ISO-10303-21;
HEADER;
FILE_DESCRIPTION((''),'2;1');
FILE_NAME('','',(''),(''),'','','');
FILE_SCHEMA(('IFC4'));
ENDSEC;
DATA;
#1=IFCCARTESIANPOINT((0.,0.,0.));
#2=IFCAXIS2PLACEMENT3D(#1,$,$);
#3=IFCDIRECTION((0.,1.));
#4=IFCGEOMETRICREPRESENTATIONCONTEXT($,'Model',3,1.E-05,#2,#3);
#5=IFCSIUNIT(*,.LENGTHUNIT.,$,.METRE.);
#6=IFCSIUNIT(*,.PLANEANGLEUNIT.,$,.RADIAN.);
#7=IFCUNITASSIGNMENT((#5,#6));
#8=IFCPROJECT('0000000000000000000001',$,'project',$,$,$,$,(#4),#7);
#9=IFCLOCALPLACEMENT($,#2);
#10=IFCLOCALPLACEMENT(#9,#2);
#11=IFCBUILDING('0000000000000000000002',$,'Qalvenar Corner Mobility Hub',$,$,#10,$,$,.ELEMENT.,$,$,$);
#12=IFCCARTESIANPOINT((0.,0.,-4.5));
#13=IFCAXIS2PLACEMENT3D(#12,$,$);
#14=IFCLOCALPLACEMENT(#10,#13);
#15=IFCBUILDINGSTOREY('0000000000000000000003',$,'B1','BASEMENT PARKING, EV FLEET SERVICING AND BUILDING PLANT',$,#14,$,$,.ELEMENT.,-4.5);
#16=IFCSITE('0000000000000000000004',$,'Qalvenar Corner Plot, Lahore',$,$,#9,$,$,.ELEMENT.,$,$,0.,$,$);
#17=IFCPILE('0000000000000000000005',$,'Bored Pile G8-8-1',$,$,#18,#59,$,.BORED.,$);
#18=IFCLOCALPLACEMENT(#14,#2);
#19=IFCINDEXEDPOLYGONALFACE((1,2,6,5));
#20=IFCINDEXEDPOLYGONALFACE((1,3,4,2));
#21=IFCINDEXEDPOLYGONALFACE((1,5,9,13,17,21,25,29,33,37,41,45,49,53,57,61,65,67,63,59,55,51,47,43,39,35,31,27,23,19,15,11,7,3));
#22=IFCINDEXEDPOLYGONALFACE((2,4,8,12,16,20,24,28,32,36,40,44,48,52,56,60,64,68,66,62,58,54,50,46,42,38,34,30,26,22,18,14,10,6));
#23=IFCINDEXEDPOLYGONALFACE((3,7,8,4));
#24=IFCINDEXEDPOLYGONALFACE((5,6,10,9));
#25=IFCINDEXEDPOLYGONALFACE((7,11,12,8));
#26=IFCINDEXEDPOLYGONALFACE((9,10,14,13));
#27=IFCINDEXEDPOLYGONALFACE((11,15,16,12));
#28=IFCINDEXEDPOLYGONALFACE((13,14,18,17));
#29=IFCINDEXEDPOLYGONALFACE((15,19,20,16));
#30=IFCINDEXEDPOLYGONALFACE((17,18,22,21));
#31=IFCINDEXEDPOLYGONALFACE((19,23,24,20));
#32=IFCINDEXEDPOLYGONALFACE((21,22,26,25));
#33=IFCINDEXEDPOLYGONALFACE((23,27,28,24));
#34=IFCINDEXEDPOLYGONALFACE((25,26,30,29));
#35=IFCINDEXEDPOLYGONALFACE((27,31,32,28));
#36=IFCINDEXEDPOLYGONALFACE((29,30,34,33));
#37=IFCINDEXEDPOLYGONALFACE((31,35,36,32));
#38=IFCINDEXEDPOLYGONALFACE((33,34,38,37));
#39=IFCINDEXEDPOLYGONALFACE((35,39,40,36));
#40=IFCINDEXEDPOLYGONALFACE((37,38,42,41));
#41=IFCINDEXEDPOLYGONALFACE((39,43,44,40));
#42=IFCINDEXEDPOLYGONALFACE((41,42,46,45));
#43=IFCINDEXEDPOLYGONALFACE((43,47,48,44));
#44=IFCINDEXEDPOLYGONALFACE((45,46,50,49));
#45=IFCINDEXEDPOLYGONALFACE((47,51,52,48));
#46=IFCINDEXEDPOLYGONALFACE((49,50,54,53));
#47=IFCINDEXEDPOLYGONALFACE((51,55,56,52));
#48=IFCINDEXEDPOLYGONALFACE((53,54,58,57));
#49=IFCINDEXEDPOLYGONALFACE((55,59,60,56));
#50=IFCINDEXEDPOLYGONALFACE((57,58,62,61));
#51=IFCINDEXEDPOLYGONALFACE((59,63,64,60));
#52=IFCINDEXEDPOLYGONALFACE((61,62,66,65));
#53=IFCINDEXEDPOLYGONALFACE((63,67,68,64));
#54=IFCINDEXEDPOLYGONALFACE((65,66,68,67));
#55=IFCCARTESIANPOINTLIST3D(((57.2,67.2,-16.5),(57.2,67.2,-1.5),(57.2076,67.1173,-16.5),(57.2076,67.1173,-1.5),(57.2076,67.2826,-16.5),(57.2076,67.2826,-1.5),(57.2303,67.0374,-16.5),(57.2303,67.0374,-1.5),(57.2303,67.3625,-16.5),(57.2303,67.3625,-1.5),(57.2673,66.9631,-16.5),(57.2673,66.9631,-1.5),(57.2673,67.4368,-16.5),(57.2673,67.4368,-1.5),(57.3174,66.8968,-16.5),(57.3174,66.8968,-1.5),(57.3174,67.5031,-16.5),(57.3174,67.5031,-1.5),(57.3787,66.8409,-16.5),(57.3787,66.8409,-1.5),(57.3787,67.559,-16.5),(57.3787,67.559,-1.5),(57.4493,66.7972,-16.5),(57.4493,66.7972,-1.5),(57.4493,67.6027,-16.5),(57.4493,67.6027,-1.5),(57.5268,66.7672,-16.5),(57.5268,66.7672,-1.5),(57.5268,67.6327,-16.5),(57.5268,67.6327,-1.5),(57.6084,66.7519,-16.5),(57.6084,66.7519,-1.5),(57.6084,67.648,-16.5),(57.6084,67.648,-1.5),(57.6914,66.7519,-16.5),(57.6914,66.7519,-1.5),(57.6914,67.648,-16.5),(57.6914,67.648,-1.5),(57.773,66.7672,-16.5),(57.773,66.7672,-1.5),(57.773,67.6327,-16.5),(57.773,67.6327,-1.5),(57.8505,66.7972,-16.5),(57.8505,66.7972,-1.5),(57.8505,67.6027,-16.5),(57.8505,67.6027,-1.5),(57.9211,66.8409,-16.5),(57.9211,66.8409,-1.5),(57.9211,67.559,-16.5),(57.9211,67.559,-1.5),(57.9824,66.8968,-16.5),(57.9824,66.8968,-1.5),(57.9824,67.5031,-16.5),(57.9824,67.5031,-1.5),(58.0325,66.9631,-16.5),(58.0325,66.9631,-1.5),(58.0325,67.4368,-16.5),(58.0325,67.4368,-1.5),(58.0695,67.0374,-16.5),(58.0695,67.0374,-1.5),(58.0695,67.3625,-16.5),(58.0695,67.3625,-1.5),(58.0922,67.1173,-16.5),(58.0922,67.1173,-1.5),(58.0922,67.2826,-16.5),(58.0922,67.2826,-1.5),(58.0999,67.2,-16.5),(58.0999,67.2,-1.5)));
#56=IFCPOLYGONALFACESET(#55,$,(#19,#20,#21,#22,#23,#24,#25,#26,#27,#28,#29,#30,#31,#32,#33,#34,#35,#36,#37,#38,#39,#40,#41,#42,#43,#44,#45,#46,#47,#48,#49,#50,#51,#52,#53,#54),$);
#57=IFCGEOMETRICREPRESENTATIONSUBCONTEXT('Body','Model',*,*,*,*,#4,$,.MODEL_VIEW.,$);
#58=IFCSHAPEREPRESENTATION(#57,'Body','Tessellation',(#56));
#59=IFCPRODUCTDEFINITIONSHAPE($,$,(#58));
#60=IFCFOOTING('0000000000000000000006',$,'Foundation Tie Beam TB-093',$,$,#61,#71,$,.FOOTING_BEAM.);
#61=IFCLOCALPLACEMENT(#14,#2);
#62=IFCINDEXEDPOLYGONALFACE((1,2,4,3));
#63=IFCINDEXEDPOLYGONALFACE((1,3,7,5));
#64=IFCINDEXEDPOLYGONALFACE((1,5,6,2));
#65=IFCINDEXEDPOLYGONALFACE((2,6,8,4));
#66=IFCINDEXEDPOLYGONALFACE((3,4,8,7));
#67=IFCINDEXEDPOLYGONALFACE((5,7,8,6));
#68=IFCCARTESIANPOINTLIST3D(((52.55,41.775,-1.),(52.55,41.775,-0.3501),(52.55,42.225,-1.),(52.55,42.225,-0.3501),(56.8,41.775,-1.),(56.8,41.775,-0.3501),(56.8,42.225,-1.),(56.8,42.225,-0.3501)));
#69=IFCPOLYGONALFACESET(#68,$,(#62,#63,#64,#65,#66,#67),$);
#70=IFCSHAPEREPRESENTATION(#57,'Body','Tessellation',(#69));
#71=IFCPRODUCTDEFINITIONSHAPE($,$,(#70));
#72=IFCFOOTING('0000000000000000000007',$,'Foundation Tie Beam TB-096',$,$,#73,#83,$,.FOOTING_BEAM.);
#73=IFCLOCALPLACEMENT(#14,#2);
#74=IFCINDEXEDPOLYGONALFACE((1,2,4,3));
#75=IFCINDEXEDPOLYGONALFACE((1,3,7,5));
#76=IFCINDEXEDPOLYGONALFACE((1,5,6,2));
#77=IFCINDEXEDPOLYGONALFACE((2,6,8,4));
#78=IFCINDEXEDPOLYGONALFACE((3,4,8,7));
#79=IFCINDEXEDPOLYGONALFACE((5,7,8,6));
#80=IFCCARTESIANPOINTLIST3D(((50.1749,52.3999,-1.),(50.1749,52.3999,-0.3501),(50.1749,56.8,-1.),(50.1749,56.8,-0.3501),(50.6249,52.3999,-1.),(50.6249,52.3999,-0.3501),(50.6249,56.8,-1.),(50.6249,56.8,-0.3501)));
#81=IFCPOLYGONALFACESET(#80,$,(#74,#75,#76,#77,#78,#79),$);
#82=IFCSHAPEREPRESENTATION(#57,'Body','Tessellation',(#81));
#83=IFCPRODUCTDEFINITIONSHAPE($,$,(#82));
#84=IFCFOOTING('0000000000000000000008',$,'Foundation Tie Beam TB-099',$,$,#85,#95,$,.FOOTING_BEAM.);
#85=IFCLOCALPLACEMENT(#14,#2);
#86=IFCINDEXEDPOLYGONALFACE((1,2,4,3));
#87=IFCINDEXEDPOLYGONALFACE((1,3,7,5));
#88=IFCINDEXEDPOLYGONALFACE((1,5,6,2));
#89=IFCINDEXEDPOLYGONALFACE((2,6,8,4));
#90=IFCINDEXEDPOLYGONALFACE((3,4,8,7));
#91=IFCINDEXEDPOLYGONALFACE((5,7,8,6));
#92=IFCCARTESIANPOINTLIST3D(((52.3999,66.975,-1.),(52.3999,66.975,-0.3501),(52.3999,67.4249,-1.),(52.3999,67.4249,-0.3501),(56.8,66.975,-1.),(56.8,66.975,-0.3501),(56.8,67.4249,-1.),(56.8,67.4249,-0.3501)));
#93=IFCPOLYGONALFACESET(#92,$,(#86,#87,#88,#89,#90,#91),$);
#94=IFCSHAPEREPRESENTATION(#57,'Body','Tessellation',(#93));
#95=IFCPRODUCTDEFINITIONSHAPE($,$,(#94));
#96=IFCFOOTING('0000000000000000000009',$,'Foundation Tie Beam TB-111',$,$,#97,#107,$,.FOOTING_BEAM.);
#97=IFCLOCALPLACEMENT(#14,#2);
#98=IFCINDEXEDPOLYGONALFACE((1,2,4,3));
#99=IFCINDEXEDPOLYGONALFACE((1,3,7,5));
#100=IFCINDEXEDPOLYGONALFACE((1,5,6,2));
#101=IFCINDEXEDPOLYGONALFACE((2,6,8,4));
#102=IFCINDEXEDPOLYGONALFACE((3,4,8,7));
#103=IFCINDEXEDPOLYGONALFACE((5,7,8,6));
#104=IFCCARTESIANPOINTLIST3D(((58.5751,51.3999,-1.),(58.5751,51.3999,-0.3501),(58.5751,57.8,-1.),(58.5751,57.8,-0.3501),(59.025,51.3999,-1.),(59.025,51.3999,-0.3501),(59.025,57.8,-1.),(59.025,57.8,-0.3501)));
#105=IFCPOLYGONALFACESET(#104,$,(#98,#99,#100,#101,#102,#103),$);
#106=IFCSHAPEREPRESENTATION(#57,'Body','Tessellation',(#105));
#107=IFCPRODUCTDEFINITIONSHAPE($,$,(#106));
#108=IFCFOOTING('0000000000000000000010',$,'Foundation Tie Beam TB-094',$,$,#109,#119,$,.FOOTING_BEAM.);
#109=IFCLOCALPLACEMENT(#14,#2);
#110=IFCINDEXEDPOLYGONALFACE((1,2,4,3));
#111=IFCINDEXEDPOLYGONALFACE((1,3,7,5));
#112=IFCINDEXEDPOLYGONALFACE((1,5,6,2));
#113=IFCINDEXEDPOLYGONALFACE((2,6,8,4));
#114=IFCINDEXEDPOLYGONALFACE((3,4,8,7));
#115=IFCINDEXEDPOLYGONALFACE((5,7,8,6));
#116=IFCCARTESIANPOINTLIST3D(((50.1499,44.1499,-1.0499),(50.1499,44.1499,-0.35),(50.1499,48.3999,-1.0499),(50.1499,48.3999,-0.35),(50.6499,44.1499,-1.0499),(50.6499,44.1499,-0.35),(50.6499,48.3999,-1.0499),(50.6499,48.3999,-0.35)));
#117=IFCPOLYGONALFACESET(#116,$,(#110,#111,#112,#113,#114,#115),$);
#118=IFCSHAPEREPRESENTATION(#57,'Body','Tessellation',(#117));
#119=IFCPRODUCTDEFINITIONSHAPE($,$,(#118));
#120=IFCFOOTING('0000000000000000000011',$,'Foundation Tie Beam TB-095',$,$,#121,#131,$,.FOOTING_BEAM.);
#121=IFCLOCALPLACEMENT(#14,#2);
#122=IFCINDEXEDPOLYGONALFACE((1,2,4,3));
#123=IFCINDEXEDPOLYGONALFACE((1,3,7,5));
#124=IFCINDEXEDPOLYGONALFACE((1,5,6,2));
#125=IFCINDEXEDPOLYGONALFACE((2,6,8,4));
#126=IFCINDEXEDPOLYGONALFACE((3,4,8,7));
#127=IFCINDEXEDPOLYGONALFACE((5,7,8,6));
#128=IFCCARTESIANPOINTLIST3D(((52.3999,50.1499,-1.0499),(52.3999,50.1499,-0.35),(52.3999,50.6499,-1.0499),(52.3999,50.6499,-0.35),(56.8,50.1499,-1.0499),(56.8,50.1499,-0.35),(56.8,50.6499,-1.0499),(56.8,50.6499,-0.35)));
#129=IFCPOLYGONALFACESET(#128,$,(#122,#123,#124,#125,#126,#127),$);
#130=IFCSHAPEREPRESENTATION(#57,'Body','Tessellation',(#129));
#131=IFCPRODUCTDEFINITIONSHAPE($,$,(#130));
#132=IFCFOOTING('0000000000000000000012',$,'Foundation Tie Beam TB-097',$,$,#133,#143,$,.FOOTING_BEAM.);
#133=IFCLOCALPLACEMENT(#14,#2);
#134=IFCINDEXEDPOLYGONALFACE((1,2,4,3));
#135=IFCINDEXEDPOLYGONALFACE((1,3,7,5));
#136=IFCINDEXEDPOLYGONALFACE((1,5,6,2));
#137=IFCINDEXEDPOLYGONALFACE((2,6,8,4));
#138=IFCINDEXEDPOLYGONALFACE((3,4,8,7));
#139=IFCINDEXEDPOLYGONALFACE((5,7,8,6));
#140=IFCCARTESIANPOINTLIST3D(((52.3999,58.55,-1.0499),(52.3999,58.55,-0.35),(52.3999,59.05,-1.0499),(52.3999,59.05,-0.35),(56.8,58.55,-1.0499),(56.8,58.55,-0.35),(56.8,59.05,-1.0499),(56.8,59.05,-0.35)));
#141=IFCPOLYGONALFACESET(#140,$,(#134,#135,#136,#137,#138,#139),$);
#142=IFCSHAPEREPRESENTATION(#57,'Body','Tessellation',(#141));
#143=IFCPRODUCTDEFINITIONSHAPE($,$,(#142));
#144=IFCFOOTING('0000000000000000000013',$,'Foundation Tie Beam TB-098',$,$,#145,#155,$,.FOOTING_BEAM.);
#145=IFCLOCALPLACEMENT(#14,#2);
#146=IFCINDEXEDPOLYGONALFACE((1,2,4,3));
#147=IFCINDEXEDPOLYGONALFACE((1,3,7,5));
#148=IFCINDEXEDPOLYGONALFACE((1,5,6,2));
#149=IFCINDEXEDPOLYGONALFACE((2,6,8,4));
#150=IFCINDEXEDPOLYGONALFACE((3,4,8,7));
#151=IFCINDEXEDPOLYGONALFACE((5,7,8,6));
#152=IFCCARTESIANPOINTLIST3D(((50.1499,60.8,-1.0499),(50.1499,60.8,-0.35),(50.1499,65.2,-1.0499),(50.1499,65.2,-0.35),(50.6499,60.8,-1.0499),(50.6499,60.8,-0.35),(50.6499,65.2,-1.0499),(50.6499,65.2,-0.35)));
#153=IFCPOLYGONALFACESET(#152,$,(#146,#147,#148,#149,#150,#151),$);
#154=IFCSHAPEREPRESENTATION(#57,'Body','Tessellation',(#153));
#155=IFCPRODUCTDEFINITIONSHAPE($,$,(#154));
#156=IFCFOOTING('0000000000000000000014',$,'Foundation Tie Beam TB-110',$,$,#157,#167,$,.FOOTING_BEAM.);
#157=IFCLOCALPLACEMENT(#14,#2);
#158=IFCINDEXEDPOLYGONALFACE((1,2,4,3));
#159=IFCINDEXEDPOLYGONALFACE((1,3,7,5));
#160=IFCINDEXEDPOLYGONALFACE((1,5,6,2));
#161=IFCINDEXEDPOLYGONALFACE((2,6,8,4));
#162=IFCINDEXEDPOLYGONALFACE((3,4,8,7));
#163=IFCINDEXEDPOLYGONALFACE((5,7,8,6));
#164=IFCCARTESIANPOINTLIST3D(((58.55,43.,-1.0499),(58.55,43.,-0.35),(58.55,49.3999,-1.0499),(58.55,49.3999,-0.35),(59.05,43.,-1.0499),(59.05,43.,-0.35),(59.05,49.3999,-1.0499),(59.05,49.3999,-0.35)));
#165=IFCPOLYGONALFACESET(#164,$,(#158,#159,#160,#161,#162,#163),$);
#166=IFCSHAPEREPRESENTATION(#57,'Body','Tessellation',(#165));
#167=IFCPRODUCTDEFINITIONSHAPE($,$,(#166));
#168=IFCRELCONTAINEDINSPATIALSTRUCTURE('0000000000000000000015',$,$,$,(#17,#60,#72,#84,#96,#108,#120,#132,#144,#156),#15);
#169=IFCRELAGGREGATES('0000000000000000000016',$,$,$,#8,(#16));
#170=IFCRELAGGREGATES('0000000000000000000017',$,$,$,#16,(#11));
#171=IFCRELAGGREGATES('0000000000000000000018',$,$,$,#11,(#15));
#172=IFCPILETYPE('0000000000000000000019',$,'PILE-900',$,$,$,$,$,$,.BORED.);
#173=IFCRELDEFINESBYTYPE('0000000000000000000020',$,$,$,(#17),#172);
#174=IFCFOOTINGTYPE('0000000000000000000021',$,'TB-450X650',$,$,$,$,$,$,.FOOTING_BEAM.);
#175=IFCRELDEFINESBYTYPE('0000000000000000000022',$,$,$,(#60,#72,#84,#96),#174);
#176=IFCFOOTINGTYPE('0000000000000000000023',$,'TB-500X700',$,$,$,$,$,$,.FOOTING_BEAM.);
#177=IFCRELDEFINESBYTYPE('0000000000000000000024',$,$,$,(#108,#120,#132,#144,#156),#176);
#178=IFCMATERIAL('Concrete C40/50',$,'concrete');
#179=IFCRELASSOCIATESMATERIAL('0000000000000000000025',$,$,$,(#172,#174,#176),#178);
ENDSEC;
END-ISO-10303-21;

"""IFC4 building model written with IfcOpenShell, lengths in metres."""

from ifc_helpers import new_model, si_unit, direction, frame, origin, origin_2d, place, context, subcontext, project, spatial, rectangle, circle, extrude, material, material_profile, profile_set, type_object, element, save


model = new_model("IFC4")

# Units and contexts
model_context = context("Model", 3, precision=1e-05, world=origin(), true_north=direction((0.0, 1.0)))
body_context = subcontext(model_context, "Body", "Model", "MODEL_VIEW")
ifc_project = project(units=[si_unit("LENGTHUNIT", "METRE"), si_unit("PLANEANGLEUNIT", "RADIAN")], contexts=[model_context])

# Site, building, storey
site_placement = place(None, origin())
site = spatial("IfcSite", under=ifc_project, at=site_placement, Name="Qalvenar Corner Plot, Lahore", CompositionType="ELEMENT", RefElevation=0.0)
building_placement = place(site_placement, origin())
building = spatial("IfcBuilding", under=site, at=building_placement, Name="Qalvenar Corner Mobility Hub", CompositionType="ELEMENT")
storey_placement = place(building_placement, frame((0.0, 0.0, -4.5)))
storey = spatial("IfcBuildingStorey", under=building, at=storey_placement, Name="B1", Description="BASEMENT PARKING, EV FLEET SERVICING AND BUILDING PLANT", CompositionType="ELEMENT", Elevation=-4.5)

# Shared definitions
ifc_material_1 = material(Name="Concrete C40/50", Category="concrete")

# Pile
ifc_material_profile_1 = material_profile(ifc_material_1, circle(Radius=0.45, at=origin_2d()), Name="DIA900")
ifc_profile_set_1 = profile_set([ifc_material_profile_1], Name="Concrete C40/50")
pile_type_1 = type_object("IfcPileType", Name="PILE-900", PredefinedType="BORED", material=ifc_profile_set_1)
for number, where, z_axis, x_axis, name in (
    (1, (57.6499, 67.2, -1.5), (0.0, 0.0, -1.0), (1.0, 0.0, 0.0), "Bored Pile G8-8-1"),
):
    element("IfcPile", number, at=place(storey_placement, frame(where, z_axis=z_axis, x_axis=x_axis)), inside=storey, type_object=pile_type_1, Name=name, PredefinedType="BORED", context=body_context, shape_type="SweptSolid", body=[
        extrude(circle(Radius=0.45, at=origin_2d()), origin(), (0.0, 0.0, 1.0), 15.0),
    ])

# Footings
ifc_material_profile_2 = material_profile(ifc_material_1, rectangle(XDim=0.45, YDim=0.6499, at=origin_2d()), Name="RC450x650")
ifc_profile_set_2 = profile_set([ifc_material_profile_2], Name="Concrete C40/50")
footing_type_1 = type_object("IfcFootingType", Name="TB-450X650", PredefinedType="FOOTING_BEAM", material=ifc_profile_set_2)
footing_1_placement = place(storey_placement, frame((52.55, 42.0, -0.675), z_axis=(1.0, 0.0, 0.0), x_axis=(0.0, 1.0, 0.0)))
element("IfcFooting", 2, at=footing_1_placement, inside=storey, type_object=footing_type_1, Name="Foundation Tie Beam TB-093", PredefinedType="FOOTING_BEAM", context=body_context, shape_type="SweptSolid", body=[
    extrude(rectangle(XDim=0.45, YDim=0.6499, at=origin_2d()), origin(), (0.0, 0.0, 1.0), 4.25),
])
for number, where, z_axis, x_axis, name in (
    (3, (50.3999, 52.3999, -0.675), (0.0, 1.0, 0.0), (-1.0, 0.0, 0.0), "Foundation Tie Beam TB-096"),
    (4, (52.3999, 67.2, -0.675), (1.0, 0.0, 0.0), (0.0, 1.0, 0.0), "Foundation Tie Beam TB-099"),
):
    element("IfcFooting", number, at=place(storey_placement, frame(where, z_axis=z_axis, x_axis=x_axis)), inside=storey, type_object=footing_type_1, Name=name, PredefinedType="FOOTING_BEAM", context=body_context, shape_type="SweptSolid", body=[
        extrude(rectangle(XDim=0.45, YDim=0.6499, at=origin_2d()), origin(), (0.0, 0.0, 1.0), 4.4001),
    ])
footing_2_placement = place(storey_placement, frame((58.8, 51.3999, -0.675), z_axis=(0.0, 1.0, 0.0), x_axis=(-1.0, 0.0, 0.0)))
element("IfcFooting", 5, at=footing_2_placement, inside=storey, type_object=footing_type_1, Name="Foundation Tie Beam TB-111", PredefinedType="FOOTING_BEAM", context=body_context, shape_type="SweptSolid", body=[
    extrude(rectangle(XDim=0.45, YDim=0.6499, at=origin_2d()), origin(), (0.0, 0.0, 1.0), 6.4001),
])
ifc_material_profile_3 = material_profile(ifc_material_1, rectangle(XDim=0.5, YDim=0.7, at=origin_2d()), Name="RC500x700")
ifc_profile_set_3 = profile_set([ifc_material_profile_3], Name="Concrete C40/50")
footing_type_2 = type_object("IfcFootingType", Name="TB-500X700", PredefinedType="FOOTING_BEAM", material=ifc_profile_set_3)
footing_3_placement = place(storey_placement, frame((50.3999, 44.1499, -0.7), z_axis=(0.0, 1.0, 0.0), x_axis=(-1.0, 0.0, 0.0)))
element("IfcFooting", 6, at=footing_3_placement, inside=storey, type_object=footing_type_2, Name="Foundation Tie Beam TB-094", PredefinedType="FOOTING_BEAM", context=body_context, shape_type="SweptSolid", body=[
    extrude(rectangle(XDim=0.5, YDim=0.7, at=origin_2d()), origin(), (0.0, 0.0, 1.0), 4.25),
])
for number, where, z_axis, x_axis, name in (
    (7, (52.3999, 50.3999, -0.7), (1.0, 0.0, 0.0), (0.0, 1.0, 0.0), "Foundation Tie Beam TB-095"),
    (8, (52.3999, 58.8, -0.7), (1.0, 0.0, 0.0), (0.0, 1.0, 0.0), "Foundation Tie Beam TB-097"),
):
    element("IfcFooting", number, at=place(storey_placement, frame(where, z_axis=z_axis, x_axis=x_axis)), inside=storey, type_object=footing_type_2, Name=name, PredefinedType="FOOTING_BEAM", context=body_context, shape_type="SweptSolid", body=[
        extrude(rectangle(XDim=0.5, YDim=0.7, at=origin_2d()), origin(), (0.0, 0.0, 1.0), 4.4001),
    ])
footing_4_placement = place(storey_placement, frame((50.3999, 60.8, -0.7), z_axis=(0.0, 1.0, 0.0), x_axis=(-1.0, 0.0, 0.0)))
element("IfcFooting", 9, at=footing_4_placement, inside=storey, type_object=footing_type_2, Name="Foundation Tie Beam TB-098", PredefinedType="FOOTING_BEAM", context=body_context, shape_type="SweptSolid", body=[
    extrude(rectangle(XDim=0.5, YDim=0.7, at=origin_2d()), origin(), (0.0, 0.0, 1.0), 4.3999),
])
footing_5_placement = place(storey_placement, frame((58.8, 43.0, -0.7), z_axis=(0.0, 1.0, 0.0), x_axis=(-1.0, 0.0, 0.0)))
element("IfcFooting", 10, at=footing_5_placement, inside=storey, type_object=footing_type_2, Name="Foundation Tie Beam TB-110", PredefinedType="FOOTING_BEAM", context=body_context, shape_type="SweptSolid", body=[
    extrude(rectangle(XDim=0.5, YDim=0.7, at=origin_2d()), origin(), (0.0, 0.0, 1.0), 6.3999),
])

save(model, "model.ifc")
